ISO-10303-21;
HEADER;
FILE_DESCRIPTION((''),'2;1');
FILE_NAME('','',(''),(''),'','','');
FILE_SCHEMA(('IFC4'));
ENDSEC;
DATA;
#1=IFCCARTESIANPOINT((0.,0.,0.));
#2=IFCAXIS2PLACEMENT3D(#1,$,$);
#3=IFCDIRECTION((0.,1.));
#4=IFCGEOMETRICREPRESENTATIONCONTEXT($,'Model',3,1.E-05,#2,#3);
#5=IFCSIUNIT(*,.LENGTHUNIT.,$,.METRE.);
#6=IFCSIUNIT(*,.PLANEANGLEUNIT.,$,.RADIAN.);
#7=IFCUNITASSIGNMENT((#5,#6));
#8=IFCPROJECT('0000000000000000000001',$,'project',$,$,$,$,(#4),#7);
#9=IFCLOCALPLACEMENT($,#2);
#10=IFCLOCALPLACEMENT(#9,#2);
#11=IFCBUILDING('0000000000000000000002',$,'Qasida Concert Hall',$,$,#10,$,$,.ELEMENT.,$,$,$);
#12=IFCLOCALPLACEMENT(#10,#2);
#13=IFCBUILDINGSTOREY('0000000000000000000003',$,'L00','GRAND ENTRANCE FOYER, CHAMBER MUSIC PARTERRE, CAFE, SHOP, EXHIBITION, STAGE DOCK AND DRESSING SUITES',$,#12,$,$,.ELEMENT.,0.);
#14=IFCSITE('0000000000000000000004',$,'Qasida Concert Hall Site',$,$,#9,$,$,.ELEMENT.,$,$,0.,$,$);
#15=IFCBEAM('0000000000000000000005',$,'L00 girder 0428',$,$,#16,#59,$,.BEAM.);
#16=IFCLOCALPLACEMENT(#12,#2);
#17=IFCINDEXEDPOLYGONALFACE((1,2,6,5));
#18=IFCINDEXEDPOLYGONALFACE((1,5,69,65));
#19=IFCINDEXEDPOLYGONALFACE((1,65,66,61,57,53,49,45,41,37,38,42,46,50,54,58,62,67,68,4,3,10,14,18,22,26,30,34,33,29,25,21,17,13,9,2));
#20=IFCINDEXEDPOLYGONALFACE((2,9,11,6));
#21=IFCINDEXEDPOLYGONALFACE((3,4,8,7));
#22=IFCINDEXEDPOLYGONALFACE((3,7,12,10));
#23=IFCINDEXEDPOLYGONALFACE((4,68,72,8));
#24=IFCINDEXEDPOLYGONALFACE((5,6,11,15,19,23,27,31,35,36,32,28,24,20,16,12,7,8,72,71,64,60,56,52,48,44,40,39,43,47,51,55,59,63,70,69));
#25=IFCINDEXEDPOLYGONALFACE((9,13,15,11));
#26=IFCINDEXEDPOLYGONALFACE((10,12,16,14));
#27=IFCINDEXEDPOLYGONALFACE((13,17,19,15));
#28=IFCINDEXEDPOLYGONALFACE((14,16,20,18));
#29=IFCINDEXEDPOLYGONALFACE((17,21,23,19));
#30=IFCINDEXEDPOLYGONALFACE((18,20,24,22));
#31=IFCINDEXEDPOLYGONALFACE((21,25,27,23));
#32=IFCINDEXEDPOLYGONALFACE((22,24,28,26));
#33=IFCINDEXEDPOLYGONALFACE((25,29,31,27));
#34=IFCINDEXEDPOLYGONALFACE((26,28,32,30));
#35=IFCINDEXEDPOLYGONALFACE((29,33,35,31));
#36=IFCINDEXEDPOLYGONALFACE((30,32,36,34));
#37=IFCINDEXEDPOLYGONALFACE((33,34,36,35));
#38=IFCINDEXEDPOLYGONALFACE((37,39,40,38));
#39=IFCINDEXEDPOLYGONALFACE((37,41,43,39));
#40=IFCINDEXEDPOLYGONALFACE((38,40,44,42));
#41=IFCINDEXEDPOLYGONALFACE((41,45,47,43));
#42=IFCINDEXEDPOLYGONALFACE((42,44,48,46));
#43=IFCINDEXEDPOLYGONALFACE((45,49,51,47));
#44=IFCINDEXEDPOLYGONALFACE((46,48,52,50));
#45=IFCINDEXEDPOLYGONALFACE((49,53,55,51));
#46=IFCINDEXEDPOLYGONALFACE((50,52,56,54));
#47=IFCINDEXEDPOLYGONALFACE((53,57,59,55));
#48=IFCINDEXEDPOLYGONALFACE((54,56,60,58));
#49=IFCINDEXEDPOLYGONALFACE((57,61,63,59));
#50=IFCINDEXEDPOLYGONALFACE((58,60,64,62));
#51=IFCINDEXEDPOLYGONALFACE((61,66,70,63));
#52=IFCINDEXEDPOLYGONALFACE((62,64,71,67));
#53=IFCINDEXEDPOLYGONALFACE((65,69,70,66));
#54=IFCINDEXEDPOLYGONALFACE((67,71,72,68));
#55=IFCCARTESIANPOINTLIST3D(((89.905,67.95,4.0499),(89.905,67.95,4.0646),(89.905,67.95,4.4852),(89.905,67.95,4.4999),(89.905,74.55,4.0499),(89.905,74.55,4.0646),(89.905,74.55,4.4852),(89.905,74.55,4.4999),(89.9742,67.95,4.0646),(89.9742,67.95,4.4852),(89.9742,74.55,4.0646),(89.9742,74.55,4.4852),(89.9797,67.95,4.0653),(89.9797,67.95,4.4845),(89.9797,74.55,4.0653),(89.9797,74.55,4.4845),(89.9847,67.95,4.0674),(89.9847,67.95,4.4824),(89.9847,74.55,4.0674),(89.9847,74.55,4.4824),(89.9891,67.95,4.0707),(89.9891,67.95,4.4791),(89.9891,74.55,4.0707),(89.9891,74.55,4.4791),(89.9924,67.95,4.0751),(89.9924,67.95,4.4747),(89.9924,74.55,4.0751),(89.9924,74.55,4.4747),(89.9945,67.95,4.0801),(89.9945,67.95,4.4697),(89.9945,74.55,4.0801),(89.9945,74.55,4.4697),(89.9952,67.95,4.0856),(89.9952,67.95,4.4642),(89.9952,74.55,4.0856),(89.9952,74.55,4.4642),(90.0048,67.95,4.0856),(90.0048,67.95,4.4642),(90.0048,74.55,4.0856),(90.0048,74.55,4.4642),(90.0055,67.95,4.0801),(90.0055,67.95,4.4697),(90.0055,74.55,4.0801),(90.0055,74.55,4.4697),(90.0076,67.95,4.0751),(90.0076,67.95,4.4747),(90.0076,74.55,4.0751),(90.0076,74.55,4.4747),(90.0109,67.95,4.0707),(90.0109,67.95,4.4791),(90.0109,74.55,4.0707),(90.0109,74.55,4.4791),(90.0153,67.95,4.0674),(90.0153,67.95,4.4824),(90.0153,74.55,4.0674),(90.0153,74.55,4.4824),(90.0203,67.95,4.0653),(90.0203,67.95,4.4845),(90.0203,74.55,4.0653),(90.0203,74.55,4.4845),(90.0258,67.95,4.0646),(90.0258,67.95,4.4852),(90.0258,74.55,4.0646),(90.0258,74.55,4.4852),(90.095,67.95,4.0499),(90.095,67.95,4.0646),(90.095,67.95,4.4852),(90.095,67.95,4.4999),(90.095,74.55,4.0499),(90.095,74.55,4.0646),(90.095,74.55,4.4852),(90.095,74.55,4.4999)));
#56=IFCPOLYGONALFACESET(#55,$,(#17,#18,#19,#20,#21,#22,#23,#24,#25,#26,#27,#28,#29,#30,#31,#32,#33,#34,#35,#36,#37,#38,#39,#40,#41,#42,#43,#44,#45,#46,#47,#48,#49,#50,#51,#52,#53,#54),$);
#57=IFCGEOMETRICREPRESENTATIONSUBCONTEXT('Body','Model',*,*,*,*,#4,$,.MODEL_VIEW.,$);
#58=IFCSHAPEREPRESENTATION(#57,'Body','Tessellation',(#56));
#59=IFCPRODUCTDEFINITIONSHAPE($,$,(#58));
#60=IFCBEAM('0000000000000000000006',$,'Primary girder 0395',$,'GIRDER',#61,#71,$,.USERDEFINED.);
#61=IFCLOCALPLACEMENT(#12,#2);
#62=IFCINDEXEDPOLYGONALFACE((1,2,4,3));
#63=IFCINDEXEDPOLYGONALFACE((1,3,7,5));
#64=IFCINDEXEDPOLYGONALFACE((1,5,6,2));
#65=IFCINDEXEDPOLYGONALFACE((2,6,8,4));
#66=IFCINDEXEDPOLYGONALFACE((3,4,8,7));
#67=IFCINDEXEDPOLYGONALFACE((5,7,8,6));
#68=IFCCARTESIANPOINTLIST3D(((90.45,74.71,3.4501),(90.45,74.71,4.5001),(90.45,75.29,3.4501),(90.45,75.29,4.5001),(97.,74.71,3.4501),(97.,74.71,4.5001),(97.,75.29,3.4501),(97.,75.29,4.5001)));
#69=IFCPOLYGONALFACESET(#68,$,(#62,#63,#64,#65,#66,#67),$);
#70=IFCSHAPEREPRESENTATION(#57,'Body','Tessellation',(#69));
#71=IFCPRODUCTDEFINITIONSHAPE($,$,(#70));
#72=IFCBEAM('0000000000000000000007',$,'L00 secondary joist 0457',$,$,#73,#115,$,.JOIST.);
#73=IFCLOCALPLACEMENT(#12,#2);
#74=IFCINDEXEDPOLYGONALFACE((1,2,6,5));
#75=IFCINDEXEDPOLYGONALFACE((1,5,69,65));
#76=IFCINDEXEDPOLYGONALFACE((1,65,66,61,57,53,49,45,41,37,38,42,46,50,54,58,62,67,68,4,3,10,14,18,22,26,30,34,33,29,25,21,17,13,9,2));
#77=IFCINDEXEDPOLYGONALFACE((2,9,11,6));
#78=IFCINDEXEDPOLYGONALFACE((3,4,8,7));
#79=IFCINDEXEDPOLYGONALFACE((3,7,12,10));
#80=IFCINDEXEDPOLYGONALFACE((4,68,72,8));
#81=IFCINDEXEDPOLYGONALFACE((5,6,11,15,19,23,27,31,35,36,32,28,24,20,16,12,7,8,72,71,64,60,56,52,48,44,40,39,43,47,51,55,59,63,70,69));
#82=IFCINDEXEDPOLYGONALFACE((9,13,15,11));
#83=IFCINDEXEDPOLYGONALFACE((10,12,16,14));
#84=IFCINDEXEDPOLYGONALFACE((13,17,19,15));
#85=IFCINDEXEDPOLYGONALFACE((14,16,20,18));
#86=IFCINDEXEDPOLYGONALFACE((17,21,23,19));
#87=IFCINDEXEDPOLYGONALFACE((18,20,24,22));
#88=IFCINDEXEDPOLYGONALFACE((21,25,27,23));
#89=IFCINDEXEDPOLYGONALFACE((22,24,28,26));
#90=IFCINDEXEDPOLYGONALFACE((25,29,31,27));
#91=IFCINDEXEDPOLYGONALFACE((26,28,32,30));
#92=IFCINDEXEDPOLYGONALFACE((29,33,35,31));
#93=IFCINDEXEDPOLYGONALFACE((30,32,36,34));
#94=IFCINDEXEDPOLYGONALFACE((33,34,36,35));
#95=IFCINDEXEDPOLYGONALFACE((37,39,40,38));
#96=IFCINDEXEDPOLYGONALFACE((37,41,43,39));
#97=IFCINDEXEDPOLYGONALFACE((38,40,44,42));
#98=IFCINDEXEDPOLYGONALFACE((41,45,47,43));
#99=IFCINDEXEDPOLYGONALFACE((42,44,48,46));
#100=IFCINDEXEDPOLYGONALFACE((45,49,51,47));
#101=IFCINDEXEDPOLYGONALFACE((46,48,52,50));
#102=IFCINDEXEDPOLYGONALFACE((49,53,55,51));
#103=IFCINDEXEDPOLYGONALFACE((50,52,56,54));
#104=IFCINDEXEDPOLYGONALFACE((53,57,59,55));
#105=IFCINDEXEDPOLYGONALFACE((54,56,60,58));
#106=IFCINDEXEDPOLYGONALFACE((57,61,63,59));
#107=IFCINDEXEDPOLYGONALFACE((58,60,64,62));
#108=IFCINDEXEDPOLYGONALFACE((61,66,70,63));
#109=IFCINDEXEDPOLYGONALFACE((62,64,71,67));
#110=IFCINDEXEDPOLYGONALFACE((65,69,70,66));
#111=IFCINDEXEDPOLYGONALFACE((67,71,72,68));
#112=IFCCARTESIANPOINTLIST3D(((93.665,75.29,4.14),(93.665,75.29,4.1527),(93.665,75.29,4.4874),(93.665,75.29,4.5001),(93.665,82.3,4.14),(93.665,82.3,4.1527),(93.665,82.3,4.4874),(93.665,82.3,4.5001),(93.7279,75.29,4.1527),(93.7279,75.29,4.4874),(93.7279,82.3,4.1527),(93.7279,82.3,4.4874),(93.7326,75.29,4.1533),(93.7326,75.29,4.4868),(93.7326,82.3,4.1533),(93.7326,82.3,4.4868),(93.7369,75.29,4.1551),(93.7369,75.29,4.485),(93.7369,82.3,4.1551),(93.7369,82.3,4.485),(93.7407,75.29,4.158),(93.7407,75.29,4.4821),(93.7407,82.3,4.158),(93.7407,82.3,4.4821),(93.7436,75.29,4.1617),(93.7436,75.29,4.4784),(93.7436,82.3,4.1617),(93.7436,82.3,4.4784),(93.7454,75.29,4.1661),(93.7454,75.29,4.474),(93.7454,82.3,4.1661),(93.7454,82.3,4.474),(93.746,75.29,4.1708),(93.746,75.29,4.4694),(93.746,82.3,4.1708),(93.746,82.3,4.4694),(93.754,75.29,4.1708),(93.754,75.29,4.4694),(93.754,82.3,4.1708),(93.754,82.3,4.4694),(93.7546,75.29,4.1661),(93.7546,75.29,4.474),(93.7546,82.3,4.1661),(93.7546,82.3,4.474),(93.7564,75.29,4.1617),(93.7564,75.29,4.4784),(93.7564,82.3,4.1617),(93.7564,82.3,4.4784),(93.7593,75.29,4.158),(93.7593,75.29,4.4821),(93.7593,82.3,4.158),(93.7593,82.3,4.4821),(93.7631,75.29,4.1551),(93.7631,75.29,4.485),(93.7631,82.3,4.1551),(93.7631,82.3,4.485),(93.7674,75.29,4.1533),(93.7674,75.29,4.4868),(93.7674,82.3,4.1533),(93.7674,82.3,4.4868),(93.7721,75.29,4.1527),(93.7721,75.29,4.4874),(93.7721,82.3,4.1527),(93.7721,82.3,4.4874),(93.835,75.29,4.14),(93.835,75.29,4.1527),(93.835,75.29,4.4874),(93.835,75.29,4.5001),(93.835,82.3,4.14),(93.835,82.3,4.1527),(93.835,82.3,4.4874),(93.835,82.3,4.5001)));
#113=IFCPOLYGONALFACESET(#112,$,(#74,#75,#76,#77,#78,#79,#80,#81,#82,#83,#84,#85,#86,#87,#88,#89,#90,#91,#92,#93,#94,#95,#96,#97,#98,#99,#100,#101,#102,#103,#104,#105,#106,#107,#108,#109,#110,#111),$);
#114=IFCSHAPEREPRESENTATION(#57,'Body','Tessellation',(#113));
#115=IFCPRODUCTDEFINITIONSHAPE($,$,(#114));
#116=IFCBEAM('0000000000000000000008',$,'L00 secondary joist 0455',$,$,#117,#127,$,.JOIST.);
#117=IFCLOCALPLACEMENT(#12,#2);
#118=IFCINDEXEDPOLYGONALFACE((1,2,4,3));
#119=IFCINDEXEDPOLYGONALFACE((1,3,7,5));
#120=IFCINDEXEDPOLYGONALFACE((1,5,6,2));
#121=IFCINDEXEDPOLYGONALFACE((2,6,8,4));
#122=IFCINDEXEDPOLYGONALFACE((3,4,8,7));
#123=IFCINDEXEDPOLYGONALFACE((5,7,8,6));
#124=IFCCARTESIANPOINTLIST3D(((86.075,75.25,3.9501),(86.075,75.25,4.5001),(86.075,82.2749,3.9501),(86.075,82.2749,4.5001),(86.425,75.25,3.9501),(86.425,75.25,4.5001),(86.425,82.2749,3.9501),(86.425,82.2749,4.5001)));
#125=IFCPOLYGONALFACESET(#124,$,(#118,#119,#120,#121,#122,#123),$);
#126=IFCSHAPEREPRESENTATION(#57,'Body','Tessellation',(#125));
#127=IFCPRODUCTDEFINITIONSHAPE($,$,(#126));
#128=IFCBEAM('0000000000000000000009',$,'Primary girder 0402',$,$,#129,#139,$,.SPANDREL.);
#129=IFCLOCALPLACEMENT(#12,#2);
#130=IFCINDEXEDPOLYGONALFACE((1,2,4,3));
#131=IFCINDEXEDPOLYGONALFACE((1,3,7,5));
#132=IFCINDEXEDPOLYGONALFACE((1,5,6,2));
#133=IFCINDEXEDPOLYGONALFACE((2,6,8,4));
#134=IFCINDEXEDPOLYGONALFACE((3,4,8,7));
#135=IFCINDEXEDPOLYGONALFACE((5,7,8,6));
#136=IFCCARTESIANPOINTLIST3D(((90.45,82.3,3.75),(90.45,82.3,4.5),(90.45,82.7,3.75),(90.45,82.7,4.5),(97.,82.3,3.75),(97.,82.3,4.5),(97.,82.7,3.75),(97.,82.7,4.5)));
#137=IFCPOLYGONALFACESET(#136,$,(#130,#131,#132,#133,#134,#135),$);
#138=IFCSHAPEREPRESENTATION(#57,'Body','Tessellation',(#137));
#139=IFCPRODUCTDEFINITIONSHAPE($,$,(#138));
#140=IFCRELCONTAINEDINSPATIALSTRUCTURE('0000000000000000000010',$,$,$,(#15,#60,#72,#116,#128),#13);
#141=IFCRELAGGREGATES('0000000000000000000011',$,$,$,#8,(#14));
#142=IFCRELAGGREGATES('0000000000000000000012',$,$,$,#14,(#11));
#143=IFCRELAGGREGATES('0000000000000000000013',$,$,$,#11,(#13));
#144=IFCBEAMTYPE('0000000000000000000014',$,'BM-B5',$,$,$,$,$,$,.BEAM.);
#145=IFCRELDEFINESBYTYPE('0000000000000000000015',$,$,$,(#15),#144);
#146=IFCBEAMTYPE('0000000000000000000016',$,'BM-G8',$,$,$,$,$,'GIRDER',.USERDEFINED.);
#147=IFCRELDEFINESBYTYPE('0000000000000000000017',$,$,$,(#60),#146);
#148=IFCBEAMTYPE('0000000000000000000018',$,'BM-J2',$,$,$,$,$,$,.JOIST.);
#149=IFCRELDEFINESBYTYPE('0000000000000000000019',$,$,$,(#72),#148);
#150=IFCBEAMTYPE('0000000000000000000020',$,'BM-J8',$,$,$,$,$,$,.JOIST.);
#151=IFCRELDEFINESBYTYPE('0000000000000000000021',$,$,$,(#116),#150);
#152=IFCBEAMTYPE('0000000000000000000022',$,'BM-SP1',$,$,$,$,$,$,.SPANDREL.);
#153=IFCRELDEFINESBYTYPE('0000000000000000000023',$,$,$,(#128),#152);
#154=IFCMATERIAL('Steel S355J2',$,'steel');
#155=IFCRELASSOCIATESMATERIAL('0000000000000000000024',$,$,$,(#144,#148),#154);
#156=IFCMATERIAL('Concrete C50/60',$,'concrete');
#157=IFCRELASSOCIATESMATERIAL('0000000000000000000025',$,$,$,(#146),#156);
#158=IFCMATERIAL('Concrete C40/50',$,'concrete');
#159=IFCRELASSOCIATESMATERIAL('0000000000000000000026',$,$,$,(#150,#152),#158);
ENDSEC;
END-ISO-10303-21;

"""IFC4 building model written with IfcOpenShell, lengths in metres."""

from ifc_helpers import new_model, si_unit, direction, frame, origin, origin_2d, place, context, subcontext, project, spatial, rectangle, i_section, extrude, material, material_profile, profile_set, type_object, element, save


model = new_model("IFC4")

# Units and contexts
model_context = context("Model", 3, precision=1e-05, world=origin(), true_north=direction((0.0, 1.0)))
body_context = subcontext(model_context, "Body", "Model", "MODEL_VIEW")
ifc_project = project(units=[si_unit("LENGTHUNIT", "METRE"), si_unit("PLANEANGLEUNIT", "RADIAN")], contexts=[model_context])

# Site, building, storey
site_placement = place(None, origin())
site = spatial("IfcSite", under=ifc_project, at=site_placement, Name="Qasida Concert Hall Site", CompositionType="ELEMENT", RefElevation=0.0)
building_placement = place(site_placement, origin())
building = spatial("IfcBuilding", under=site, at=building_placement, Name="Qasida Concert Hall", CompositionType="ELEMENT")
storey_placement = place(building_placement, origin())
storey = spatial("IfcBuildingStorey", under=building, at=storey_placement, Name="L00", Description="GRAND ENTRANCE FOYER, CHAMBER MUSIC PARTERRE, CAFE, SHOP, EXHIBITION, STAGE DOCK AND DRESSING SUITES", CompositionType="ELEMENT", Elevation=0.0)

# Shared definitions
ifc_material_1 = material(Name="Concrete C50/60", Category="concrete")

# Beams
ifc_material_2 = material(Name="Concrete C40/50", Category="concrete")
ifc_material_3 = material(Name="Steel S355J2", Category="steel")
ifc_material_profile_1 = material_profile(ifc_material_3, i_section(OverallWidth=0.1899, OverallDepth=0.45, WebThickness=0.0095, FlangeThickness=0.0146, FilletRadius=0.021, at=origin_2d()), Name="IPE 450")
ifc_profile_set_1 = profile_set([ifc_material_profile_1], Name="Steel S355J2")
beam_type_1 = type_object("IfcBeamType", Name="BM-B5", PredefinedType="BEAM", material=ifc_profile_set_1)
beam_1_placement = place(storey_placement, frame((90.0, 67.95, 4.2749), z_axis=(0.0, 1.0, 0.0), x_axis=(-1.0, 0.0, 0.0)))
element("IfcBeam", 1, at=beam_1_placement, inside=storey, type_object=beam_type_1, Name="L00 girder 0428", PredefinedType="BEAM", context=body_context, shape_type="SweptSolid", body=[
    extrude(i_section(OverallWidth=0.1899, OverallDepth=0.45, WebThickness=0.0095, FlangeThickness=0.0146, FilletRadius=0.021, at=origin_2d()), origin(), (0.0, 0.0, 1.0), 6.6001),
])
ifc_material_profile_2 = material_profile(ifc_material_1, rectangle(XDim=0.5801, YDim=1.05, at=origin_2d()), Name="RC 580x1050")
ifc_profile_set_2 = profile_set([ifc_material_profile_2], Name="Concrete C50/60")
beam_type_2 = type_object("IfcBeamType", Name="BM-G8", ElementType="GIRDER", PredefinedType="USERDEFINED", material=ifc_profile_set_2)
beam_2_placement = place(storey_placement, frame((90.45, 75.0, 3.9751), z_axis=(1.0, 0.0, 0.0), x_axis=(0.0, 1.0, 0.0)))
element("IfcBeam", 2, at=beam_2_placement, inside=storey, type_object=beam_type_2, Name="Primary girder 0395", ObjectType="GIRDER", PredefinedType="USERDEFINED", context=body_context, shape_type="SweptSolid", body=[
    extrude(rectangle(XDim=0.5801, YDim=1.05, at=origin_2d()), origin(), (0.0, 0.0, 1.0), 6.55),
])
ifc_material_profile_3 = material_profile(ifc_material_3, i_section(OverallWidth=0.1699, OverallDepth=0.3601, WebThickness=0.0081, FlangeThickness=0.0127, FilletRadius=0.0181, at=origin_2d()), Name="IPE 360")
ifc_profile_set_3 = profile_set([ifc_material_profile_3], Name="Steel S355J2")
beam_type_3 = type_object("IfcBeamType", Name="BM-J2", PredefinedType="JOIST", material=ifc_profile_set_3)
beam_3_placement = place(storey_placement, frame((93.75, 75.29, 4.3201), z_axis=(0.0, 1.0, 0.0), x_axis=(-1.0, 0.0, 0.0)))
element("IfcBeam", 3, at=beam_3_placement, inside=storey, type_object=beam_type_3, Name="L00 secondary joist 0457", PredefinedType="JOIST", context=body_context, shape_type="SweptSolid", body=[
    extrude(i_section(OverallWidth=0.1699, OverallDepth=0.3601, WebThickness=0.0081, FlangeThickness=0.0127, FilletRadius=0.0181, at=origin_2d()), origin(), (0.0, 0.0, 1.0), 7.01),
])
ifc_material_profile_4 = material_profile(ifc_material_2, rectangle(XDim=0.3501, YDim=0.55, at=origin_2d()), Name="RC 350x550")
ifc_profile_set_4 = profile_set([ifc_material_profile_4], Name="Concrete C40/50")
beam_type_4 = type_object("IfcBeamType", Name="BM-J8", PredefinedType="JOIST", material=ifc_profile_set_4)
beam_4_placement = place(storey_placement, frame((86.25, 75.25, 4.2251), z_axis=(0.0, 1.0, 0.0), x_axis=(-1.0, 0.0, 0.0)))
element("IfcBeam", 4, at=beam_4_placement, inside=storey, type_object=beam_type_4, Name="L00 secondary joist 0455", PredefinedType="JOIST", context=body_context, shape_type="SweptSolid", body=[
    extrude(rectangle(XDim=0.3501, YDim=0.55, at=origin_2d()), origin(), (0.0, 0.0, 1.0), 7.0249),
])
ifc_material_profile_5 = material_profile(ifc_material_2, rectangle(XDim=0.3999, YDim=0.75, at=origin_2d()), Name="RC 400x750")
ifc_profile_set_5 = profile_set([ifc_material_profile_5], Name="Concrete C40/50")
beam_type_5 = type_object("IfcBeamType", Name="BM-SP1", PredefinedType="SPANDREL", material=ifc_profile_set_5)
beam_5_placement = place(storey_placement, frame((90.45, 82.5, 4.125), z_axis=(1.0, 0.0, 0.0), x_axis=(0.0, 1.0, 0.0)))
element("IfcBeam", 5, at=beam_5_placement, inside=storey, type_object=beam_type_5, Name="Primary girder 0402", PredefinedType="SPANDREL", context=body_context, shape_type="SweptSolid", body=[
    extrude(rectangle(XDim=0.3999, YDim=0.75, at=origin_2d()), origin(), (0.0, 0.0, 1.0), 6.55),
])

save(model, "model.ifc")
